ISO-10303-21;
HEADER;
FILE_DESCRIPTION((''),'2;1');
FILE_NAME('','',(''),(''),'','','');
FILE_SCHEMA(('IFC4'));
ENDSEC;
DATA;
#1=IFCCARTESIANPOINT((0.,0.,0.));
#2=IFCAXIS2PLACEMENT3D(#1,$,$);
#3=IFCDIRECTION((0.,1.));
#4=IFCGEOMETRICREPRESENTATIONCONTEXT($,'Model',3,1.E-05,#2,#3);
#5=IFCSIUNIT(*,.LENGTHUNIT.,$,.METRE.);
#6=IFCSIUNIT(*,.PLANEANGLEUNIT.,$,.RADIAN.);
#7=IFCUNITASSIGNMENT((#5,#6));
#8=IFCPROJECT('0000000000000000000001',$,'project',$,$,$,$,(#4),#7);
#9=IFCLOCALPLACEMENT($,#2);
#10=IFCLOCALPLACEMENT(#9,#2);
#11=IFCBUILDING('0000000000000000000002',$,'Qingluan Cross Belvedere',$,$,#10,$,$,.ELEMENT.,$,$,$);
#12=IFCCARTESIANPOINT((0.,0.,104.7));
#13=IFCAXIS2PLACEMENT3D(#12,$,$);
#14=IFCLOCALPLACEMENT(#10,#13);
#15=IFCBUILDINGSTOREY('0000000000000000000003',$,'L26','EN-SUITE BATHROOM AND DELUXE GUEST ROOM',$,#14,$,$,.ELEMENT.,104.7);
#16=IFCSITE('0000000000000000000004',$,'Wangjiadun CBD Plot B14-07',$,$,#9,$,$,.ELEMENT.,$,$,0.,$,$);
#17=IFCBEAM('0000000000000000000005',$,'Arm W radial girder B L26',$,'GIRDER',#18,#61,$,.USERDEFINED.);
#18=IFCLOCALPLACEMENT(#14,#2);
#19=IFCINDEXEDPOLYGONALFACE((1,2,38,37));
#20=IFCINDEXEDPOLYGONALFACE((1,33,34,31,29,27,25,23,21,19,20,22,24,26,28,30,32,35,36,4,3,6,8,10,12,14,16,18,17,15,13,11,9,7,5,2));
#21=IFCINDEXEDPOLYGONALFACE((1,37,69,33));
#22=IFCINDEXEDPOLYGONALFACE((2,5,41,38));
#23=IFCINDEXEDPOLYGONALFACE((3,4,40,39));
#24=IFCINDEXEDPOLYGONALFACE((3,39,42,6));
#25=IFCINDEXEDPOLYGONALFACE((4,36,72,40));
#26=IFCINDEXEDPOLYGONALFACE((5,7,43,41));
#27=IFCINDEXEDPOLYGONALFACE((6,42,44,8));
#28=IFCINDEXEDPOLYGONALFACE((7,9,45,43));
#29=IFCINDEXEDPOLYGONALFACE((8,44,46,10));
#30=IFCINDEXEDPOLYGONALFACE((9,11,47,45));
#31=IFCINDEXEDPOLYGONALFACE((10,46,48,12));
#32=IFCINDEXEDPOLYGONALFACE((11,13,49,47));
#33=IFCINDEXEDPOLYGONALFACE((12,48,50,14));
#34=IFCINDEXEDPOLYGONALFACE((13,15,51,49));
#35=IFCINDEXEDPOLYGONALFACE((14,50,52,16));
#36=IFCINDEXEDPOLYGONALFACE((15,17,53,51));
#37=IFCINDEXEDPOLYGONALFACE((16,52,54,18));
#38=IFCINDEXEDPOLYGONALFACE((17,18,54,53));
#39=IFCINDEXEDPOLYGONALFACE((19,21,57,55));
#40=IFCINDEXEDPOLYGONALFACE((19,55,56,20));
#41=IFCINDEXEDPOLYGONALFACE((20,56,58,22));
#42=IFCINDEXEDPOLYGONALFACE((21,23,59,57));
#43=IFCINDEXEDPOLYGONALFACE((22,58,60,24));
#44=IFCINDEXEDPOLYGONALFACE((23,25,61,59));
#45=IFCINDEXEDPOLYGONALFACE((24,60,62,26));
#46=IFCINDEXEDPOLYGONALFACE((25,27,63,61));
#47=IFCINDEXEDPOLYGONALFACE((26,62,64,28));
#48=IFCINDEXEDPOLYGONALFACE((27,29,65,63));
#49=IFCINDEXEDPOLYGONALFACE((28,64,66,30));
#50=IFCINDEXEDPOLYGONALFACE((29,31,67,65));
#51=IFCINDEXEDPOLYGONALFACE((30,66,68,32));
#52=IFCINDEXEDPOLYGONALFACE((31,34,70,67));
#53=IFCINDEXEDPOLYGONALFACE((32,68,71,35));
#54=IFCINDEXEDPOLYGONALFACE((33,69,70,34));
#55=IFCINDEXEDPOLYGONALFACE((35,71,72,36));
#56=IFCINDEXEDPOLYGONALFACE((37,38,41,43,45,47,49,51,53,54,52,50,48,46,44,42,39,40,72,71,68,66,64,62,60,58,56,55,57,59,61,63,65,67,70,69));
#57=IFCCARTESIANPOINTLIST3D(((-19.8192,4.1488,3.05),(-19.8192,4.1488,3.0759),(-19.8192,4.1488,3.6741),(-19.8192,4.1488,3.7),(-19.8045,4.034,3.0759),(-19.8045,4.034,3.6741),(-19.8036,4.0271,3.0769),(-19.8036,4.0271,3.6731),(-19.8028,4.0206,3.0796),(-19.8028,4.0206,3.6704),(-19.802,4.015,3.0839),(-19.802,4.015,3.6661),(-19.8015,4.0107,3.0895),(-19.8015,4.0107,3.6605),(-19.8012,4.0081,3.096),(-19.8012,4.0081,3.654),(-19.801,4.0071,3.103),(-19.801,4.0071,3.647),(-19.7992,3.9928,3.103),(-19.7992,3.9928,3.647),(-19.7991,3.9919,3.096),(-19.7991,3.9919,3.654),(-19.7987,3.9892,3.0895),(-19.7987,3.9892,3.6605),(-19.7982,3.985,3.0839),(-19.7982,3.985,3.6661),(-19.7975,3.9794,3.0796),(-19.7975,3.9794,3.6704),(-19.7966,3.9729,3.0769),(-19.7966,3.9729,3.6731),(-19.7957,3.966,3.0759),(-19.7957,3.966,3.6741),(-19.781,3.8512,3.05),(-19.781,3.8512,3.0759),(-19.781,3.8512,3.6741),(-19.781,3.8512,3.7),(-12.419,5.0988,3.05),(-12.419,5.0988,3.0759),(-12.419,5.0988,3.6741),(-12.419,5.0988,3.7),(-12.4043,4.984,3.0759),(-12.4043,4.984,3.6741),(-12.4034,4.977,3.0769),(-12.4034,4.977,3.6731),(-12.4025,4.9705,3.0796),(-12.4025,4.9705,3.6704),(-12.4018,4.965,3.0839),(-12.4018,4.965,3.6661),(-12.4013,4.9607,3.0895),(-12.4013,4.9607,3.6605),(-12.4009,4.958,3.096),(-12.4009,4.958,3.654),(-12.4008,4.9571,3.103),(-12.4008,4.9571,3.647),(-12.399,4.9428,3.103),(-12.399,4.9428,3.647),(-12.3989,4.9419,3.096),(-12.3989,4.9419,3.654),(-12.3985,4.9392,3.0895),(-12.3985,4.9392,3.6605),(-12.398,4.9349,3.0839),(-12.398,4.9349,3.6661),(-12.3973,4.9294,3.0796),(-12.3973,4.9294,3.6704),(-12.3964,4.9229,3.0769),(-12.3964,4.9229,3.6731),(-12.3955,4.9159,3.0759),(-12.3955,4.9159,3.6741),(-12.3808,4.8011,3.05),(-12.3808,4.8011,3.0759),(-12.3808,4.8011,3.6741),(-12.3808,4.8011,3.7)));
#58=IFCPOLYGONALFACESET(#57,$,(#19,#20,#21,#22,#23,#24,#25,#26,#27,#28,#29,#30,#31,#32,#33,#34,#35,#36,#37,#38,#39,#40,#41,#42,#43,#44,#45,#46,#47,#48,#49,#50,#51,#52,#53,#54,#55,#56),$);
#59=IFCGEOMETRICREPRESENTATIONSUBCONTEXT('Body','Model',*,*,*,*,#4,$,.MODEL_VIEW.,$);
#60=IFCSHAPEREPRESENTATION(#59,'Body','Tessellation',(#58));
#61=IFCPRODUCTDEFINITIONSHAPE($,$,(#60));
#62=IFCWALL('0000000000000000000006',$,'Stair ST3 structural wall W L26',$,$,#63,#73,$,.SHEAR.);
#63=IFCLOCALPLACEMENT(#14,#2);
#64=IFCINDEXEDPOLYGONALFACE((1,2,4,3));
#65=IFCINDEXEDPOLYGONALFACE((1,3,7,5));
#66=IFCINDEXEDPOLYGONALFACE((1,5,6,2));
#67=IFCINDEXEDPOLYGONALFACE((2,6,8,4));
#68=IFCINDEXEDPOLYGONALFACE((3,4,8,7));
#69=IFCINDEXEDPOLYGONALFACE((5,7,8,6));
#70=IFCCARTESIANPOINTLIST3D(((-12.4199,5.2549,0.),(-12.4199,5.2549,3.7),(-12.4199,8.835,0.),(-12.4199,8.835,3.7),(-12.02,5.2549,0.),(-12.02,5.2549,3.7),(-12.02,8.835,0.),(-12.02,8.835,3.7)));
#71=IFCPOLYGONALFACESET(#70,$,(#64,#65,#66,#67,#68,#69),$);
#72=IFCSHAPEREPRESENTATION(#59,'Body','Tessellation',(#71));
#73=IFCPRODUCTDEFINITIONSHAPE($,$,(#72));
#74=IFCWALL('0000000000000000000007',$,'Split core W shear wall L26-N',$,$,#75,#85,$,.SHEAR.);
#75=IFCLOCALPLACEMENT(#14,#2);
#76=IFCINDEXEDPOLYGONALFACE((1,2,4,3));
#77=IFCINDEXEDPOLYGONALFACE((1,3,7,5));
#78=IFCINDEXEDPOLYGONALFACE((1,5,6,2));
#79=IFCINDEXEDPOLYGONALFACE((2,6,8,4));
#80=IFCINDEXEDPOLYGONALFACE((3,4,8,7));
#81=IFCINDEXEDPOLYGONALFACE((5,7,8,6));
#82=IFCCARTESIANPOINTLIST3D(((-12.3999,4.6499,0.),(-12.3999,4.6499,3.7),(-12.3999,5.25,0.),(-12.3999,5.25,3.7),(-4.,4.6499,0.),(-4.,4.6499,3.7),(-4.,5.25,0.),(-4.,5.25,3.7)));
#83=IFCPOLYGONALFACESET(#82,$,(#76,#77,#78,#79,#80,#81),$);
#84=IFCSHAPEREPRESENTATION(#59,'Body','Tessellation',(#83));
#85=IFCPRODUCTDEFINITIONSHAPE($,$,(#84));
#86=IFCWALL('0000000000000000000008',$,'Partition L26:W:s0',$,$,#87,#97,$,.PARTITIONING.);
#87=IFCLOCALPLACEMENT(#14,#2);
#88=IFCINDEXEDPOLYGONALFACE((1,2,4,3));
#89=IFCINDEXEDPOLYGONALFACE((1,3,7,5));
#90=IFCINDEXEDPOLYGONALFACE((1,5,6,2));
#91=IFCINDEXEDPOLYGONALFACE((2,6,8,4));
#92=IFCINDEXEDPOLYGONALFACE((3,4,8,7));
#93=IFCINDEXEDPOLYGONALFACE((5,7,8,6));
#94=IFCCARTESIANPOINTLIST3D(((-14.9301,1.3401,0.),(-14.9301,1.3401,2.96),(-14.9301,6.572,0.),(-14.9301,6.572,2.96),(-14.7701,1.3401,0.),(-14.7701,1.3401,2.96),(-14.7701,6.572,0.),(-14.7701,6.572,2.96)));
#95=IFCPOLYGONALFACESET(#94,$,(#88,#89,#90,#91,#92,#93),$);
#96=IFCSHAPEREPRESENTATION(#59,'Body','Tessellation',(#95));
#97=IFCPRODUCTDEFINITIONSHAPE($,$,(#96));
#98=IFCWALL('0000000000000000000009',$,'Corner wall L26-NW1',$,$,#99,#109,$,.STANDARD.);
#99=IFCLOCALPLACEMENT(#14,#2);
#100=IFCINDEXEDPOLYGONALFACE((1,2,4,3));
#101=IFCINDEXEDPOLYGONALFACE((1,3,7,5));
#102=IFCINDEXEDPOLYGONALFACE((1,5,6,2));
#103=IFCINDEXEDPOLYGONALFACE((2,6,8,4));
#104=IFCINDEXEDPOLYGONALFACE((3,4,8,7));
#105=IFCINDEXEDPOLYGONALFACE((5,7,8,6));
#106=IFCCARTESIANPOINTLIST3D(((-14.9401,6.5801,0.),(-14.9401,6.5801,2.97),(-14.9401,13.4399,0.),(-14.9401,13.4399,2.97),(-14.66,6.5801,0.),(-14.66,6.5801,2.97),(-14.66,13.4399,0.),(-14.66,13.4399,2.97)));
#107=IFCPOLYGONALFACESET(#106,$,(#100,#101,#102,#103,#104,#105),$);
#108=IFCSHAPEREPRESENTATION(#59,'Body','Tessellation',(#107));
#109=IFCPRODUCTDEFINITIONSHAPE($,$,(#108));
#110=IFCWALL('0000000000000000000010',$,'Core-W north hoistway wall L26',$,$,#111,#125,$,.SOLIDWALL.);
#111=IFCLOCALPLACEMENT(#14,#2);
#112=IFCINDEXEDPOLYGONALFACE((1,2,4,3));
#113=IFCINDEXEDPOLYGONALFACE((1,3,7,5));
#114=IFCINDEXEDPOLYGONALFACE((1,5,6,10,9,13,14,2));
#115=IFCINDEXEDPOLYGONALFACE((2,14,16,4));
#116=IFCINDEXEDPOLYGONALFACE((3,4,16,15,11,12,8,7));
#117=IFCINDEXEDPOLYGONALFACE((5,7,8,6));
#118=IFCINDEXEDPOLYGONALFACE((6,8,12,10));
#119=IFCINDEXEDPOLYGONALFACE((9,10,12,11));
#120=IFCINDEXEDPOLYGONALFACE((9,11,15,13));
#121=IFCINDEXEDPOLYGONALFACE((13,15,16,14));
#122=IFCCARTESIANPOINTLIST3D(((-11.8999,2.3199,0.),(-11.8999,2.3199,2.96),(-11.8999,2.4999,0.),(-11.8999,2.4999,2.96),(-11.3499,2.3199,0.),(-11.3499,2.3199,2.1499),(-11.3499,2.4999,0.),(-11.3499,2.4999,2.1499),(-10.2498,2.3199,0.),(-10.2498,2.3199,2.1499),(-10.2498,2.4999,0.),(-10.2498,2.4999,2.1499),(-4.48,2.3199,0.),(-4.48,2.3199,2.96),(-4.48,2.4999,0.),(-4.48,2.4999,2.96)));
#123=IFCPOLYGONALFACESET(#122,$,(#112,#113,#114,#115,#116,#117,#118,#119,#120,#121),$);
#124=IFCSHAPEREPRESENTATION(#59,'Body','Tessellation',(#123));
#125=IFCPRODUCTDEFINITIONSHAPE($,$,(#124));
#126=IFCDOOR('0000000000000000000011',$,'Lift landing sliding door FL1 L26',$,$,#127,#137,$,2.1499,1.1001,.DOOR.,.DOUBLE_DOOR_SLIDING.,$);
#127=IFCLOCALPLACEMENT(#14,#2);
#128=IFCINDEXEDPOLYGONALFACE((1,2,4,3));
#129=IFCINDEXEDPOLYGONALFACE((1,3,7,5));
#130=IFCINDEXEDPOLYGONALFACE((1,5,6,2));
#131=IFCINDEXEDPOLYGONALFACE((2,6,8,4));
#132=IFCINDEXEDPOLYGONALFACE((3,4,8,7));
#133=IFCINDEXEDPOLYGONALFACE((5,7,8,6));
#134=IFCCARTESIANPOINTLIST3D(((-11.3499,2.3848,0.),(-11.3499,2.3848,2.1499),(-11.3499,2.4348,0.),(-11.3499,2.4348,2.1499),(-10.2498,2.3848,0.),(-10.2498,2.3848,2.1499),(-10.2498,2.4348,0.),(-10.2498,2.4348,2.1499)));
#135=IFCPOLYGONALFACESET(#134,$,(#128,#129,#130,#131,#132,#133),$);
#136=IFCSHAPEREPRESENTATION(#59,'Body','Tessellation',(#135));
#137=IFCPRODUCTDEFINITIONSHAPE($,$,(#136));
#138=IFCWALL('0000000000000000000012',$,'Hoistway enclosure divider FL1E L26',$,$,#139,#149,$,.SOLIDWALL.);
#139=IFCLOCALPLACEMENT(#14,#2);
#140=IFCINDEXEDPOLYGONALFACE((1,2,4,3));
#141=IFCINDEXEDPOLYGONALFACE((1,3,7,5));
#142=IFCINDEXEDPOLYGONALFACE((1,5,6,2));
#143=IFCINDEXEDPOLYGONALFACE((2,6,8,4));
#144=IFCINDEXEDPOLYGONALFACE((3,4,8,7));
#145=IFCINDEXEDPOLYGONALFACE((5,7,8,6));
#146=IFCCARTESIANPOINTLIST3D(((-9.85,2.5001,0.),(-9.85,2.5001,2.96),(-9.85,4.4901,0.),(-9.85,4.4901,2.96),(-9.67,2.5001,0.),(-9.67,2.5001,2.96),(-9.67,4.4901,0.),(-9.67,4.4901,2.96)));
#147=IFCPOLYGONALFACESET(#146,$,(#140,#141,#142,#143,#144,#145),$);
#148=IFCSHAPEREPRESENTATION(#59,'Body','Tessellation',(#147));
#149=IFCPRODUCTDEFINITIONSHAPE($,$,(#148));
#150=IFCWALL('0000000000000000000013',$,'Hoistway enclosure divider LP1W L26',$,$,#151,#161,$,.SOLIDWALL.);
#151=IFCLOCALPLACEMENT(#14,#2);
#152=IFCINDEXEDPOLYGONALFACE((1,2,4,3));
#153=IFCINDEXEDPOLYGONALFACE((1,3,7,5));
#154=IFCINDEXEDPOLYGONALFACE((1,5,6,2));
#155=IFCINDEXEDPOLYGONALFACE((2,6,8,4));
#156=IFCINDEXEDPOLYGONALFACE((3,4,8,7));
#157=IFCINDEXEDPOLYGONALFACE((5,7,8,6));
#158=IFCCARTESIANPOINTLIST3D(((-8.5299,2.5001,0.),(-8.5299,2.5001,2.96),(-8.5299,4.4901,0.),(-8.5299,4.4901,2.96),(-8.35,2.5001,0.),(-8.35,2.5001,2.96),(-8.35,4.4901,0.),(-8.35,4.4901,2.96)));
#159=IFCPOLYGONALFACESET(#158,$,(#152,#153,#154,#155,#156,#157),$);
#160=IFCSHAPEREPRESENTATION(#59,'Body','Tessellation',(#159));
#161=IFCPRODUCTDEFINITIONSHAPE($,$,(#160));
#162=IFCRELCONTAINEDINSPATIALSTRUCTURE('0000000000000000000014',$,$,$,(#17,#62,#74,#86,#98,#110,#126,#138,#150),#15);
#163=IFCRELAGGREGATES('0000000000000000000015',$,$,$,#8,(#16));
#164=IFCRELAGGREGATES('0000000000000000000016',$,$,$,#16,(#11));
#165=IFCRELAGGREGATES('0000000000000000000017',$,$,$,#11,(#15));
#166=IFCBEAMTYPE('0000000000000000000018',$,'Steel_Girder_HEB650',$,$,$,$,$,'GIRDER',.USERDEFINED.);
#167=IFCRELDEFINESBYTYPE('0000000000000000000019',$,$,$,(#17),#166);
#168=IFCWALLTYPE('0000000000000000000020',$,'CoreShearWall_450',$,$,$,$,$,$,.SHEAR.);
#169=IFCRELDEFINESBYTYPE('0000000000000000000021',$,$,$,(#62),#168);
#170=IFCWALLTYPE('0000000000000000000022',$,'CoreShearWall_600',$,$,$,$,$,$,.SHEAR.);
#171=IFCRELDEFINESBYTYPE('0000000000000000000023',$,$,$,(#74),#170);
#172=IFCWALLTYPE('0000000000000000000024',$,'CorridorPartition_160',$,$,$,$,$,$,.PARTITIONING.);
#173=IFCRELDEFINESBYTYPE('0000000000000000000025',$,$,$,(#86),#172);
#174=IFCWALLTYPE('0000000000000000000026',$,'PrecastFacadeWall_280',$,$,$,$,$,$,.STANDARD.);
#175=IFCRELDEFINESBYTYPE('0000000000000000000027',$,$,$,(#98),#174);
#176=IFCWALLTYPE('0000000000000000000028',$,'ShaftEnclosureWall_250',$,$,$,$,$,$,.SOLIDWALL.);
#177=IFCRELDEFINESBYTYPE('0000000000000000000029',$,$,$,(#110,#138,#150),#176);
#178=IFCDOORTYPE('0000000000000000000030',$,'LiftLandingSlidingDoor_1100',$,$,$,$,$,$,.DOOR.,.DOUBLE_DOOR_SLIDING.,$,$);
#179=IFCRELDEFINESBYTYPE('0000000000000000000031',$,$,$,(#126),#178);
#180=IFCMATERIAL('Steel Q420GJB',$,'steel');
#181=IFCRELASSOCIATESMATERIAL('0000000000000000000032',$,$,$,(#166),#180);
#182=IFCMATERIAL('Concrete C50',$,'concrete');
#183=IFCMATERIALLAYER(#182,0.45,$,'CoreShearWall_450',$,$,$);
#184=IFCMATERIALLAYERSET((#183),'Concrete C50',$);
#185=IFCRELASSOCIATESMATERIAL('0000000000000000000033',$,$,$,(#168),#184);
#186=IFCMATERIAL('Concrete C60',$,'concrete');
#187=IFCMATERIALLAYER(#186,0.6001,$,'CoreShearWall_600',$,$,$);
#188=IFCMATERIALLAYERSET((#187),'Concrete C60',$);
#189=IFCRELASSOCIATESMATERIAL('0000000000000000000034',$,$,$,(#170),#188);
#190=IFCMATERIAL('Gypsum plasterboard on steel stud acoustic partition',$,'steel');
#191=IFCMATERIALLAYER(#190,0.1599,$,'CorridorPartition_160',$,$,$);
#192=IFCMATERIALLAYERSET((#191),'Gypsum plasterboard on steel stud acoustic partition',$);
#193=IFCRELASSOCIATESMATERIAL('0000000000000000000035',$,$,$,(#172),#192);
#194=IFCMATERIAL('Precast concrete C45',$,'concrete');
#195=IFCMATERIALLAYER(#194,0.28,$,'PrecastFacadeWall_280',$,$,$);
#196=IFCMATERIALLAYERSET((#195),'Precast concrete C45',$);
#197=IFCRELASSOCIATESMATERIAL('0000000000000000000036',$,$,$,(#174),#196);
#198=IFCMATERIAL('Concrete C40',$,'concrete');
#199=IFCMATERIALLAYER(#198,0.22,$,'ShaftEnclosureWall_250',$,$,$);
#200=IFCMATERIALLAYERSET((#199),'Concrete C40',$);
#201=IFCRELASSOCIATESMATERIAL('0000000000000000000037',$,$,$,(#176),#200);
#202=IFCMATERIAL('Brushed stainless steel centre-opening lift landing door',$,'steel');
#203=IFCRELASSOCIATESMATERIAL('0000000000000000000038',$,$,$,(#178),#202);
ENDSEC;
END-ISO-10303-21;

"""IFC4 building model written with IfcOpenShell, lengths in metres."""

from ifc_helpers import new_model, si_unit, direction, frame, frame_2d, origin, origin_2d, place, context, subcontext, project, spatial, rectangle, i_section, extrude, material, layer, layer_set, material_profile, profile_set, type_object, element, fill, save


model = new_model("IFC4")

# Units and contexts
model_context = context("Model", 3, precision=1e-05, world=origin(), true_north=direction((0.0, 1.0)))
body_context = subcontext(model_context, "Body", "Model", "MODEL_VIEW")
ifc_project = project(units=[si_unit("LENGTHUNIT", "METRE"), si_unit("PLANEANGLEUNIT", "RADIAN")], contexts=[model_context])

# Site, building, storey
site_placement = place(None, origin())
site = spatial("IfcSite", under=ifc_project, at=site_placement, Name="Wangjiadun CBD Plot B14-07", CompositionType="ELEMENT", RefElevation=0.0)
building_placement = place(site_placement, origin())
building = spatial("IfcBuilding", under=site, at=building_placement, Name="Qingluan Cross Belvedere", CompositionType="ELEMENT")
storey_placement = place(building_placement, frame((0.0, 0.0, 104.7)))
storey = spatial("IfcBuildingStorey", under=building, at=storey_placement, Name="L26", Description="EN-SUITE BATHROOM AND DELUXE GUEST ROOM", CompositionType="ELEMENT", Elevation=104.7)

# Beam
ifc_material_1 = material(Name="Steel Q420GJB", Category="steel")
ifc_material_profile_1 = material_profile(ifc_material_1, i_section(OverallWidth=0.3, OverallDepth=0.6499, WebThickness=0.0144, FlangeThickness=0.0259, FilletRadius=0.0271, at=origin_2d()), Name="HEB650")
ifc_profile_set_1 = profile_set([ifc_material_profile_1], Name="Steel Q420GJB")
beam_type_1 = type_object("IfcBeamType", Name="Steel_Girder_HEB650", ElementType="GIRDER", PredefinedType="USERDEFINED", material=ifc_profile_set_1)
beam_1_placement = place(storey_placement, frame((-12.3999, 4.95, 3.375), z_axis=(-0.991861, -0.127324, 0.0), x_axis=(0.127324, -0.991861, 0.0)))
element("IfcBeam", 1, at=beam_1_placement, inside=storey, type_object=beam_type_1, Name="Arm W radial girder B L26", ObjectType="GIRDER", PredefinedType="USERDEFINED", context=body_context, shape_type="SweptSolid", body=[
    extrude(i_section(OverallWidth=0.3, OverallDepth=0.6499, WebThickness=0.0144, FlangeThickness=0.0259, FilletRadius=0.0271, at=origin_2d()), origin(), (0.0, 0.0, 1.0), 7.4609),
])

# Wall
ifc_material_2 = material(Name="Concrete C50", Category="concrete")
ifc_layer_1 = layer(ifc_material_2, 0.45, Name="CoreShearWall_450")
ifc_layer_set_1 = layer_set([ifc_layer_1], Name="Concrete C50")
wall_type_1 = type_object("IfcWallType", Name="CoreShearWall_450", PredefinedType="SHEAR", material=ifc_layer_set_1)
wall_1_placement = place(storey_placement, frame((-12.22, 5.2549, 0.0), z_axis=(0.0, 0.0, 1.0), x_axis=(0.0, 1.0, 0.0)))
element("IfcWall", 2, at=wall_1_placement, inside=storey, type_object=wall_type_1, Name="Stair ST3 structural wall W L26", PredefinedType="SHEAR", context=body_context, shape_type="SweptSolid", body=[
    extrude(rectangle(XDim=3.5801, YDim=0.3999, at=frame_2d((1.79, 0.0))), origin(), (0.0, 0.0, 1.0), 3.7),
])

# Walls
ifc_material_3 = material(Name="Concrete C60", Category="concrete")
ifc_layer_2 = layer(ifc_material_3, 0.6001, Name="CoreShearWall_600")
ifc_layer_set_2 = layer_set([ifc_layer_2], Name="Concrete C60")
wall_type_2 = type_object("IfcWallType", Name="CoreShearWall_600", PredefinedType="SHEAR", material=ifc_layer_set_2)
wall_2_placement = place(storey_placement, frame((-12.3999, 4.95, 0.0), z_axis=(0.0, 0.0, 1.0), x_axis=(1.0, 0.0, 0.0)))
element("IfcWall", 3, at=wall_2_placement, inside=storey, type_object=wall_type_2, Name="Split core W shear wall L26-N", PredefinedType="SHEAR", context=body_context, shape_type="SweptSolid", body=[
    extrude(rectangle(XDim=8.3999, YDim=0.6001, at=frame_2d((4.2, 0.0))), origin(), (0.0, 0.0, 1.0), 3.7),
])
ifc_material_4 = material(Name="Gypsum plasterboard on steel stud acoustic partition", Category="steel")
ifc_layer_3 = layer(ifc_material_4, 0.1599, Name="CorridorPartition_160")
ifc_layer_set_3 = layer_set([ifc_layer_3], Name="Gypsum plasterboard on steel stud acoustic partition")
wall_type_3 = type_object("IfcWallType", Name="CorridorPartition_160", PredefinedType="PARTITIONING", material=ifc_layer_set_3)
wall_3_placement = place(storey_placement, frame((-14.8501, 1.3401, 0.0), z_axis=(0.0, 0.0, 1.0), x_axis=(0.0, 1.0, 0.0)))
element("IfcWall", 4, at=wall_3_placement, inside=storey, type_object=wall_type_3, Name="Partition L26:W:s0", PredefinedType="PARTITIONING", context=body_context, shape_type="SweptSolid", body=[
    extrude(rectangle(XDim=5.2319, YDim=0.1599, at=frame_2d((2.616, 0.0))), origin(), (0.0, 0.0, 1.0), 2.96),
])
ifc_material_5 = material(Name="Precast concrete C45", Category="concrete")
ifc_layer_4 = layer(ifc_material_5, 0.28, Name="PrecastFacadeWall_280")
ifc_layer_set_4 = layer_set([ifc_layer_4], Name="Precast concrete C45")
wall_type_4 = type_object("IfcWallType", Name="PrecastFacadeWall_280", PredefinedType="STANDARD", material=ifc_layer_set_4)
wall_4_placement = place(storey_placement, frame((-14.8, 6.5801, 0.0), z_axis=(0.0, 0.0, 1.0), x_axis=(0.0, 1.0, 0.0)))
element("IfcWall", 5, at=wall_4_placement, inside=storey, type_object=wall_type_4, Name="Corner wall L26-NW1", PredefinedType="STANDARD", context=body_context, shape_type="SweptSolid", body=[
    extrude(rectangle(XDim=6.8599, YDim=0.28, at=frame_2d((3.4299, 0.0))), origin(), (0.0, 0.0, 1.0), 2.97),
])

# Wall, opening, door
ifc_material_6 = material(Name="Concrete C40", Category="concrete")
ifc_layer_5 = layer(ifc_material_6, 0.22, Name="ShaftEnclosureWall_250")
ifc_layer_set_5 = layer_set([ifc_layer_5], Name="Concrete C40")
wall_type_5 = type_object("IfcWallType", Name="ShaftEnclosureWall_250", PredefinedType="SOLIDWALL", material=ifc_layer_set_5)
wall_5_placement = place(storey_placement, frame((-11.8999, 2.4099, 0.0), z_axis=(0.0, 0.0, 1.0), x_axis=(1.0, 0.0, 0.0)))
wall_5 = element("IfcWall", 6, at=wall_5_placement, inside=storey, type_object=wall_type_5, Name="Core-W north hoistway wall L26", PredefinedType="SOLIDWALL", context=body_context, shape_type="SweptSolid", body=[
    extrude(rectangle(XDim=7.4199, YDim=0.1799, at=frame_2d((3.71, 0.0))), origin(), (0.0, 0.0, 1.0), 2.96),
])
opening_1_placement = place(wall_5_placement, frame((0.55, 0.0, 0.0)))
opening_1 = element("IfcOpeningElement", 7, at=opening_1_placement, cuts=wall_5, PredefinedType="OPENING", context=body_context, shape_type="SweptSolid", body=[
    extrude(rectangle(XDim=1.1001, YDim=2.1499, at=frame_2d((0.55, 1.075))), frame((0.0, 0.0999, 0.0), z_axis=(0.0, -1.0, 0.0), x_axis=(1.0, 0.0, 0.0)), (0.0, 0.0, 1.0), 0.2),
])
ifc_material_7 = material(Name="Brushed stainless steel centre-opening lift landing door", Category="steel")
door_type_1 = type_object("IfcDoorType", Name="LiftLandingSlidingDoor_1100", OperationType="DOUBLE_DOOR_SLIDING", PredefinedType="DOOR", material=ifc_material_7)
door_1_placement = place(opening_1_placement, origin())
door_1 = element("IfcDoor", 8, at=door_1_placement, inside=storey, type_object=door_type_1, Name="Lift landing sliding door FL1 L26", OperationType="DOUBLE_DOOR_SLIDING", OverallHeight=2.1499, OverallWidth=1.1001, PredefinedType="DOOR", context=body_context, shape_type="SweptSolid", body=[
    extrude(rectangle(XDim=1.1001, YDim=2.1499, at=frame_2d((0.55, 1.075))), frame((0.0, 0.0249, 0.0), z_axis=(0.0, -1.0, 0.0), x_axis=(1.0, 0.0, 0.0)), (0.0, 0.0, 1.0), 0.05),
])
fill(opening_1, door_1)

# Walls
for number, where, z_axis, x_axis, name in (
    (9, (-9.76, 2.5, 0.0), (0.0, 0.0, 1.0), (0.0, 1.0, 0.0), "Hoistway enclosure divider FL1E L26"),
    (10, (-8.4399, 2.5, 0.0), (0.0, 0.0, 1.0), (0.0, 1.0, 0.0), "Hoistway enclosure divider LP1W L26"),
):
    element("IfcWall", number, at=place(storey_placement, frame(where, z_axis=z_axis, x_axis=x_axis)), inside=storey, type_object=wall_type_5, Name=name, PredefinedType="SOLIDWALL", context=body_context, shape_type="SweptSolid", body=[
        extrude(rectangle(XDim=1.99, YDim=0.1799, at=frame_2d((0.9951, 0.0))), origin(), (0.0, 0.0, 1.0), 2.96),
    ])

save(model, "model.ifc")
